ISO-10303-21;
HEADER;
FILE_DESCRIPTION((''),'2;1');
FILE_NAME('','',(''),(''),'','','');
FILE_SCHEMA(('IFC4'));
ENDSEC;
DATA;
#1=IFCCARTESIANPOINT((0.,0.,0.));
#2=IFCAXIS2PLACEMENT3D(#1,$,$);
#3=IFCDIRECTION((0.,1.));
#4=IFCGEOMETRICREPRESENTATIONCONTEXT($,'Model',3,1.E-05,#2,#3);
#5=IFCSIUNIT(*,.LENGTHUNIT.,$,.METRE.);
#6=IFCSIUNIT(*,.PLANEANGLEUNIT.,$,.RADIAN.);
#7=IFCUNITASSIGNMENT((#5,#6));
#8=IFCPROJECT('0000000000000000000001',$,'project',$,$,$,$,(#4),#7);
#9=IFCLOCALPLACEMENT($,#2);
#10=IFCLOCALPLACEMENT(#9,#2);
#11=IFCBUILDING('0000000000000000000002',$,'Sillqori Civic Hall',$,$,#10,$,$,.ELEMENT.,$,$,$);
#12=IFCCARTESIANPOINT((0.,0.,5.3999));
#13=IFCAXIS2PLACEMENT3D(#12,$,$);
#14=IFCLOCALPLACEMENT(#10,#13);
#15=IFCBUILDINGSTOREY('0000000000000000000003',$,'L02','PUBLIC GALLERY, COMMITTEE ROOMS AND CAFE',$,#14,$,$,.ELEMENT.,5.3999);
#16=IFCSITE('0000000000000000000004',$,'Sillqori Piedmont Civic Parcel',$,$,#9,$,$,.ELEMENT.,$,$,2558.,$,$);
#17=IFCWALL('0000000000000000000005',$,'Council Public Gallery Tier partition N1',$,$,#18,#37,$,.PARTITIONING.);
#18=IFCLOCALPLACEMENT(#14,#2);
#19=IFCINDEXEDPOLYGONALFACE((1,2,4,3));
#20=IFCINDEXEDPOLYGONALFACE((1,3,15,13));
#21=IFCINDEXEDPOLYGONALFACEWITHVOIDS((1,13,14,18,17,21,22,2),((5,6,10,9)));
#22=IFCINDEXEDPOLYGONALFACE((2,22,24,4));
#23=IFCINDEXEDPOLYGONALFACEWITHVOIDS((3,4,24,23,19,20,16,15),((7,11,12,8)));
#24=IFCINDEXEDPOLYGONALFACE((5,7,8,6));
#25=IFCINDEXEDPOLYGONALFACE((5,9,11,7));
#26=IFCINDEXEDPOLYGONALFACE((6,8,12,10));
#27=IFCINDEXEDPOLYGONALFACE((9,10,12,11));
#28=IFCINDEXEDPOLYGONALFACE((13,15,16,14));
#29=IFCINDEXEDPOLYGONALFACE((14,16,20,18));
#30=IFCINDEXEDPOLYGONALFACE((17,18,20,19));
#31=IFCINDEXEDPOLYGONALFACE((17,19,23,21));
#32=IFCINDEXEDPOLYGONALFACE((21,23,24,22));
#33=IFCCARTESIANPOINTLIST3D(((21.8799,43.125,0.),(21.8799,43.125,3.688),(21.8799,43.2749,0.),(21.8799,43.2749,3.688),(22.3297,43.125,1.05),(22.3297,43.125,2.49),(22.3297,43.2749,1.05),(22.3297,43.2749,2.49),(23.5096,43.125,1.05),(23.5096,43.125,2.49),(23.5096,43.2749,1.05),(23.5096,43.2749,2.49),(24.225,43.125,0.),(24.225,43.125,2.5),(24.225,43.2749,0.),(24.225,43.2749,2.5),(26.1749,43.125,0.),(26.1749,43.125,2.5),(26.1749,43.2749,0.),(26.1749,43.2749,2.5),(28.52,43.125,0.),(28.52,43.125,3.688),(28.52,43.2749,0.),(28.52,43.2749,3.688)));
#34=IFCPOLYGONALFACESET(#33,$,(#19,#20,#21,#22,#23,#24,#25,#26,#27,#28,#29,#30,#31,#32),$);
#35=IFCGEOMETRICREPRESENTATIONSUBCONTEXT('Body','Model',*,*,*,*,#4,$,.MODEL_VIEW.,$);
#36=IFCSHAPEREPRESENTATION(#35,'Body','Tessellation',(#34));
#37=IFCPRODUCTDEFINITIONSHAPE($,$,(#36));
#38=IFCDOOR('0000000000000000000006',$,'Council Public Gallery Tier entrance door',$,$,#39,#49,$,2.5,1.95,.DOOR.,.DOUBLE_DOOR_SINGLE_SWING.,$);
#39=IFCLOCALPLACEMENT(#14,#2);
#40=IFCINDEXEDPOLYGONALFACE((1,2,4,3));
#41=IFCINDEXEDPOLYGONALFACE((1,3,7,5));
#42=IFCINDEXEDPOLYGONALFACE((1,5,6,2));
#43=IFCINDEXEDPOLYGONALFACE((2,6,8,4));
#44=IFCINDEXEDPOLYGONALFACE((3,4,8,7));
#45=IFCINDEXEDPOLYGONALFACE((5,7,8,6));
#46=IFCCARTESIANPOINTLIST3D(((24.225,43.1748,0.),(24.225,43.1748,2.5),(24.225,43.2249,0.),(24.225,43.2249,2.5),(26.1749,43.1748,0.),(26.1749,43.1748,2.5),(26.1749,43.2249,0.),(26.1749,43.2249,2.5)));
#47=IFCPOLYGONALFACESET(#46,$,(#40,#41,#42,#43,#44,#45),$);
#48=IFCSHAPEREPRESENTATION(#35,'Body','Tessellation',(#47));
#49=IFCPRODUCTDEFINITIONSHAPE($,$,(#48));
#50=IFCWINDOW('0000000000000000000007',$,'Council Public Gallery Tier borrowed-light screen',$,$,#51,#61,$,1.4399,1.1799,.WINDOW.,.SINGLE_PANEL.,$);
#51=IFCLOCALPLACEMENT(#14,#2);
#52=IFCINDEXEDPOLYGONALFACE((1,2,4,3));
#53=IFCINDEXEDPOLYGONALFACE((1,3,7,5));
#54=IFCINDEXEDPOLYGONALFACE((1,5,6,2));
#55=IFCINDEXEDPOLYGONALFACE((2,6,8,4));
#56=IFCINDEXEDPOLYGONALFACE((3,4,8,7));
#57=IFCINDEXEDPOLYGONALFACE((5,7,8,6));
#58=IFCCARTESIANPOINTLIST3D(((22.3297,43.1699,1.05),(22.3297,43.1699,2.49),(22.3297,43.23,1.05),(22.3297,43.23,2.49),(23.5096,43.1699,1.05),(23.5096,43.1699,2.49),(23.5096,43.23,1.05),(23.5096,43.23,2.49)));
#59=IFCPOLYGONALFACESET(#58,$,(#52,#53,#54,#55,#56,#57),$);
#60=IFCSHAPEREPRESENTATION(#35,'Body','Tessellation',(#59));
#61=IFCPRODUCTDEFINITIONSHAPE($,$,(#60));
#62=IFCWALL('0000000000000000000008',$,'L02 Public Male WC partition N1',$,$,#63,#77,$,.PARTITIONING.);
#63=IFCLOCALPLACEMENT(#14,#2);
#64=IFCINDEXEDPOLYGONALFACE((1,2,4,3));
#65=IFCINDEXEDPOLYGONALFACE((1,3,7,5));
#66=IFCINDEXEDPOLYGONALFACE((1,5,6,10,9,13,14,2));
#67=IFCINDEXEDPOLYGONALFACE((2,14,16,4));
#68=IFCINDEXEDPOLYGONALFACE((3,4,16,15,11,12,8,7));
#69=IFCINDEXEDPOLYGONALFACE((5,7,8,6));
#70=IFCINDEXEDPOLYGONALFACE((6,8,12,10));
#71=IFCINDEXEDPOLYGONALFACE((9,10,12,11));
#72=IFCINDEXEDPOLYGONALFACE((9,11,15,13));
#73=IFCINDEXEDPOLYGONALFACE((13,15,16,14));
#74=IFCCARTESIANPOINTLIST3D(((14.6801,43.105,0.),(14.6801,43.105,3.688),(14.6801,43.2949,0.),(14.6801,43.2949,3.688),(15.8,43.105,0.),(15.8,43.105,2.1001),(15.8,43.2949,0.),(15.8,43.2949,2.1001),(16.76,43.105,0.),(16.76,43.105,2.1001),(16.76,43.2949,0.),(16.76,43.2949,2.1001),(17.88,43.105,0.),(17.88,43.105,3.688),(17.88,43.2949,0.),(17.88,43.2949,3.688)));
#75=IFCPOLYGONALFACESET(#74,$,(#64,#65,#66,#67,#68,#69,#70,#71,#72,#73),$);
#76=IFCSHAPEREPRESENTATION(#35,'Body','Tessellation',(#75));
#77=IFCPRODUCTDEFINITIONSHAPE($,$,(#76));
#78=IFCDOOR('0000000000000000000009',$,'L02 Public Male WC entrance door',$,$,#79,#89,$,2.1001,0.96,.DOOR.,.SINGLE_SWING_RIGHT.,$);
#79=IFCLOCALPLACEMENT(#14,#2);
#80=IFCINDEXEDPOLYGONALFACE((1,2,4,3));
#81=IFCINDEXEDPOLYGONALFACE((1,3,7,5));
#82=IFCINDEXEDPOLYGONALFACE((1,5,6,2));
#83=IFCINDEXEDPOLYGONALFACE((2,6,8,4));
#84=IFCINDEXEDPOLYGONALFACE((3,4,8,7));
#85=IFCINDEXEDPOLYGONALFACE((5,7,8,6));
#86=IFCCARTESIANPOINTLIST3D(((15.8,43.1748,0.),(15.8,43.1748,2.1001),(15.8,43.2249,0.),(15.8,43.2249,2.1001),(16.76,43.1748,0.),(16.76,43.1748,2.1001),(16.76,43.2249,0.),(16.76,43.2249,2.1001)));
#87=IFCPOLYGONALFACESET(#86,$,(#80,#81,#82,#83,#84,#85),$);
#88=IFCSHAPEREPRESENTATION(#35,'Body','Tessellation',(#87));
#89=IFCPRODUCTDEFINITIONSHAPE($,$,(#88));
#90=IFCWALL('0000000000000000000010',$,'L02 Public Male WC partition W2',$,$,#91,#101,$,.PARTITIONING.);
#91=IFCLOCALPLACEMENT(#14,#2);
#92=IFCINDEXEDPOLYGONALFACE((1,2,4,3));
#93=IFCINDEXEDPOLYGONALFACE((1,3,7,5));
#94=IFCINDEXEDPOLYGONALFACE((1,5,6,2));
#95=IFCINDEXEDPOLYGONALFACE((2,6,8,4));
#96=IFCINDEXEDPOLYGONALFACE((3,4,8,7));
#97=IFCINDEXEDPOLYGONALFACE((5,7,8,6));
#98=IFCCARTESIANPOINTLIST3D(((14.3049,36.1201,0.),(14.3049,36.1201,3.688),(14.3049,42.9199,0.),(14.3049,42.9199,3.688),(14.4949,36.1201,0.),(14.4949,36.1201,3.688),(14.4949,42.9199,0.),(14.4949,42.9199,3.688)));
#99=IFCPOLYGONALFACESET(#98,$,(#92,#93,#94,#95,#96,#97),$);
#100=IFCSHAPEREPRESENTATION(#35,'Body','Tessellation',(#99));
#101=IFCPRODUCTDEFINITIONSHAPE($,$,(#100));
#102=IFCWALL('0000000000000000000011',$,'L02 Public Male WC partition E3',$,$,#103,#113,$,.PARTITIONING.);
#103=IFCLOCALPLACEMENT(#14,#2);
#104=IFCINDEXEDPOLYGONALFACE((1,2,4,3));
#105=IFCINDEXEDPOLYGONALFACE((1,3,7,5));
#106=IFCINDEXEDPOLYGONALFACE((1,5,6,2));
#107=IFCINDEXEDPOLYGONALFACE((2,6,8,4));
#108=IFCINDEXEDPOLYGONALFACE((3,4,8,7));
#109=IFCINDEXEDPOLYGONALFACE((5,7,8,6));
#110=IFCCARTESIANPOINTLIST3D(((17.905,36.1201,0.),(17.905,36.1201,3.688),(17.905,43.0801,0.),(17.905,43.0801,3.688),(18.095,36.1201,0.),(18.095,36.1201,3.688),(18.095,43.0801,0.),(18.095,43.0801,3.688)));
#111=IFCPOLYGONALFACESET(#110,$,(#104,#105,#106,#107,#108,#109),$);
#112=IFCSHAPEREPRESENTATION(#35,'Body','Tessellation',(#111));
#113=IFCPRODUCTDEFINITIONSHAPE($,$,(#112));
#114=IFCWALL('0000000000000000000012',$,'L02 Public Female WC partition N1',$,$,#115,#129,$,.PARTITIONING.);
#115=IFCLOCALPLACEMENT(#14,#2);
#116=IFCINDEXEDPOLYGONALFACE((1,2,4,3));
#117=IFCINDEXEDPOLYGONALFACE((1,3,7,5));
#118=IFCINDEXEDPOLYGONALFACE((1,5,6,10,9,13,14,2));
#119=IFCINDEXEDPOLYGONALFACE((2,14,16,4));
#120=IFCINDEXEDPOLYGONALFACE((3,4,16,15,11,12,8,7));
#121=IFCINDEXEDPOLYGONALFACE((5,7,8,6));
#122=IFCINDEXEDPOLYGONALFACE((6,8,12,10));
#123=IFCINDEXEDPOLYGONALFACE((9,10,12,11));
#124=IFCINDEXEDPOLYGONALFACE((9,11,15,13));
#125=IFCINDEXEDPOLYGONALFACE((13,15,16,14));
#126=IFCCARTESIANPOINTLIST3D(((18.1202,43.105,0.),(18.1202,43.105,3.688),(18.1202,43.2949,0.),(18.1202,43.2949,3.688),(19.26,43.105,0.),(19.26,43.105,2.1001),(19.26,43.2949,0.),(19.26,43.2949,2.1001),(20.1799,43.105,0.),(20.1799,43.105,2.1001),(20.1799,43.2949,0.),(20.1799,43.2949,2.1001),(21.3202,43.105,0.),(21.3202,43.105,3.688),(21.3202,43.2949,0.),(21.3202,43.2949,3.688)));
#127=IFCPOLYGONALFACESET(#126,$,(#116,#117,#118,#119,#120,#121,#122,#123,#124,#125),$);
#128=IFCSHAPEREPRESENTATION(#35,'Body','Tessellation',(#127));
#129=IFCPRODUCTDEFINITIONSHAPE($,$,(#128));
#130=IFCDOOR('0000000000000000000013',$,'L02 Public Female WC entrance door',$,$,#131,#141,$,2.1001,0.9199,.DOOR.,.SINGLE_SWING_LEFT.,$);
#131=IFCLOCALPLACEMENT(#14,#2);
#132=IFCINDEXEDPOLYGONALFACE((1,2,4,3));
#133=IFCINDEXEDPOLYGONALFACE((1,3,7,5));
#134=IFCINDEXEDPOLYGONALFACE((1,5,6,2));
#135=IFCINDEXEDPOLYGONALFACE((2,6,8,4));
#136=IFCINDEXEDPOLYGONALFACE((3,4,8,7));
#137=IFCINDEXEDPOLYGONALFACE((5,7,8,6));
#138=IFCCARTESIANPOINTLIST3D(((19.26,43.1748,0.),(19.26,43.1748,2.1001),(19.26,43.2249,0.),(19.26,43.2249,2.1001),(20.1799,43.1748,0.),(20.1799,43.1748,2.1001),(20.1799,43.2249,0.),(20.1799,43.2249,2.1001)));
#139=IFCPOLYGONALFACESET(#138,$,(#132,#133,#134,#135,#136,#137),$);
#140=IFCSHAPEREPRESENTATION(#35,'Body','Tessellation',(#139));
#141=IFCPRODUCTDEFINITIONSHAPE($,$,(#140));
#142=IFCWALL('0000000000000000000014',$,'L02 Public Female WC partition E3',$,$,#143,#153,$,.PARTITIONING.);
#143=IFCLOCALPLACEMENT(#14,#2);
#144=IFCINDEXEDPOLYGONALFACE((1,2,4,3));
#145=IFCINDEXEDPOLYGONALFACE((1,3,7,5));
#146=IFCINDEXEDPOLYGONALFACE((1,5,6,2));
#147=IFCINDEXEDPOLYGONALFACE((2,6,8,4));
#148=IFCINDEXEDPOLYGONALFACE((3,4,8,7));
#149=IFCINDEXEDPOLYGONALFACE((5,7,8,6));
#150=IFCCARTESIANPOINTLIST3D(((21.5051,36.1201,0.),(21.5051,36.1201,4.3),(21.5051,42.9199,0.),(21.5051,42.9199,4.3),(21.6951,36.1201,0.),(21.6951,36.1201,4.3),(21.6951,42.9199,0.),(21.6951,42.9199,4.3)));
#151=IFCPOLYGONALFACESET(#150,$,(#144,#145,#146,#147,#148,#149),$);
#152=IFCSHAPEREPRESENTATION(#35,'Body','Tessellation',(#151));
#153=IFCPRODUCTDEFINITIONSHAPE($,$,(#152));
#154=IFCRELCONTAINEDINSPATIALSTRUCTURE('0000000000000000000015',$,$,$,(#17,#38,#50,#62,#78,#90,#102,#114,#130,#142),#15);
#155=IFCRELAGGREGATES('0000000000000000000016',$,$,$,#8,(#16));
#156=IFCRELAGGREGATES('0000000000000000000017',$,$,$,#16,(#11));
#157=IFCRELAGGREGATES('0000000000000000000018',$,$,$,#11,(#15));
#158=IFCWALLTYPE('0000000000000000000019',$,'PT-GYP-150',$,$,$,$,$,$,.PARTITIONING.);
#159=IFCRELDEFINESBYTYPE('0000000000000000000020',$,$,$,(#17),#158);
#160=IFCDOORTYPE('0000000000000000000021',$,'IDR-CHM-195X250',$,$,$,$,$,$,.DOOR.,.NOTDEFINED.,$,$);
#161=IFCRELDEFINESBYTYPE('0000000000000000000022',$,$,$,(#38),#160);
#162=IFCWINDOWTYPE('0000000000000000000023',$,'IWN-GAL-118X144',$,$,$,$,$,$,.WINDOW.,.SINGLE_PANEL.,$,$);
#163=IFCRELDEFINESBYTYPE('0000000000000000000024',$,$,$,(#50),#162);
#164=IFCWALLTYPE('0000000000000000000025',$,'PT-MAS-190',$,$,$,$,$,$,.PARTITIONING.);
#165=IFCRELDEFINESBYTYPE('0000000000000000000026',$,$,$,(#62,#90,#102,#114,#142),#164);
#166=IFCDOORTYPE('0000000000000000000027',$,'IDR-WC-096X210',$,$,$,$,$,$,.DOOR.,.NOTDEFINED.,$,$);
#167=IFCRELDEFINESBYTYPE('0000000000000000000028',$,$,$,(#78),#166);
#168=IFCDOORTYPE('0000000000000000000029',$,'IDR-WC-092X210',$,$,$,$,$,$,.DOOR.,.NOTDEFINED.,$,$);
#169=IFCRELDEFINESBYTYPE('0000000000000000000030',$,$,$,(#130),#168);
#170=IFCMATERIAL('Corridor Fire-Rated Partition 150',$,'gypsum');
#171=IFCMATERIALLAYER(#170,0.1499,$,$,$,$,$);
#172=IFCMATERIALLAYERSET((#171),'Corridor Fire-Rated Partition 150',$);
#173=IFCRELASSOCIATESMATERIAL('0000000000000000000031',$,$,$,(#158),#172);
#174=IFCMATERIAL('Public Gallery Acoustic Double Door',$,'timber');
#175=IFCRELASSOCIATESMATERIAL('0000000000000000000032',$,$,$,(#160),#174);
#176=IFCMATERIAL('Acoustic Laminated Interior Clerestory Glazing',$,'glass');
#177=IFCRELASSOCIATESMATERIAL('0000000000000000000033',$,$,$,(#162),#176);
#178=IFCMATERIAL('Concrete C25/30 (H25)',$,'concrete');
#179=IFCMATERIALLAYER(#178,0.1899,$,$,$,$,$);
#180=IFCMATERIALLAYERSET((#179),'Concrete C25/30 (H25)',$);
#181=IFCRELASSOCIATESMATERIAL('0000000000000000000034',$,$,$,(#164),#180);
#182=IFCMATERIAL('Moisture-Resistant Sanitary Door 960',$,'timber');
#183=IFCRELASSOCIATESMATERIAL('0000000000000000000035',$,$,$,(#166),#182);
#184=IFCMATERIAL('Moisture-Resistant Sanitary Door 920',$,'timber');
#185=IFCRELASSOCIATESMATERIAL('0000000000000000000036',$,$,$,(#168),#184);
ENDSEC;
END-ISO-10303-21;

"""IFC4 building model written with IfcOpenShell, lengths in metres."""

from ifc_helpers import new_model, si_unit, direction, frame, frame_2d, origin, place, context, subcontext, project, spatial, rectangle, extrude, material, layer, layer_set, type_object, element, fill, save


model = new_model("IFC4")

# Units and contexts
model_context = context("Model", 3, precision=1e-05, world=origin(), true_north=direction((0.0, 1.0)))
body_context = subcontext(model_context, "Body", "Model", "MODEL_VIEW")
ifc_project = project(units=[si_unit("LENGTHUNIT", "METRE"), si_unit("PLANEANGLEUNIT", "RADIAN")], contexts=[model_context])

# Site, building, storey
site_placement = place(None, origin())
site = spatial("IfcSite", under=ifc_project, at=site_placement, Name="Sillqori Piedmont Civic Parcel", CompositionType="ELEMENT", RefElevation=2558.0)
building_placement = place(site_placement, origin())
building = spatial("IfcBuilding", under=site, at=building_placement, Name="Sillqori Civic Hall", CompositionType="ELEMENT")
storey_placement = place(building_placement, frame((0.0, 0.0, 5.3999)))
storey = spatial("IfcBuildingStorey", under=building, at=storey_placement, Name="L02", Description="PUBLIC GALLERY, COMMITTEE ROOMS AND CAFE", CompositionType="ELEMENT", Elevation=5.3999)

# Wall, openings, door, window
ifc_material_1 = material(Name="Corridor Fire-Rated Partition 150", Category="gypsum")
ifc_layer_1 = layer(ifc_material_1, 0.1499)
ifc_layer_set_1 = layer_set([ifc_layer_1], Name="Corridor Fire-Rated Partition 150")
wall_type_1 = type_object("IfcWallType", Name="PT-GYP-150", PredefinedType="PARTITIONING", material=ifc_layer_set_1)
wall_1_placement = place(storey_placement, frame((21.8799, 43.2, 0.0), z_axis=(0.0, 0.0, 1.0), x_axis=(1.0, 0.0, 0.0)))
wall_1 = element("IfcWall", 1, at=wall_1_placement, inside=storey, type_object=wall_type_1, Name="Council Public Gallery Tier partition N1", PredefinedType="PARTITIONING", context=body_context, shape_type="SweptSolid", body=[
    extrude(rectangle(XDim=6.6401, YDim=0.1499, at=frame_2d((3.3201, 0.0))), origin(), (0.0, 0.0, 1.0), 3.688),
])
opening_1_placement = place(wall_1_placement, frame((2.345, 0.0, 0.0)))
opening_1 = element("IfcOpeningElement", 2, at=opening_1_placement, cuts=wall_1, PredefinedType="OPENING", context=body_context, shape_type="SweptSolid", body=[
    extrude(rectangle(XDim=1.95, YDim=2.5, at=frame_2d((0.9751, 1.25))), frame((0.0, 0.085, 0.0), z_axis=(0.0, -1.0, 0.0), x_axis=(1.0, 0.0, 0.0)), (0.0, 0.0, 1.0), 0.1699),
])
opening_2_placement = place(wall_1_placement, frame((0.45, 0.0, 1.05)))
opening_2 = element("IfcOpeningElement", 3, at=opening_2_placement, cuts=wall_1, PredefinedType="OPENING", context=body_context, shape_type="SweptSolid", body=[
    extrude(rectangle(XDim=1.1799, YDim=1.4399, at=frame_2d((0.5898, 0.72))), frame((0.0, 0.085, 0.0), z_axis=(0.0, -1.0, 0.0), x_axis=(1.0, 0.0, 0.0)), (0.0, 0.0, 1.0), 0.1699),
])
ifc_material_2 = material(Name="Public Gallery Acoustic Double Door", Category="timber")
door_type_1 = type_object("IfcDoorType", Name="IDR-CHM-195X250", OperationType="NOTDEFINED", PredefinedType="DOOR", material=ifc_material_2)
door_1_placement = place(opening_1_placement, origin())
door_1 = element("IfcDoor", 4, at=door_1_placement, inside=storey, type_object=door_type_1, Name="Council Public Gallery Tier entrance door", OperationType="DOUBLE_DOOR_SINGLE_SWING", OverallHeight=2.5, OverallWidth=1.95, PredefinedType="DOOR", context=body_context, shape_type="SweptSolid", body=[
    extrude(rectangle(XDim=1.95, YDim=2.5, at=frame_2d((0.9751, 1.25))), frame((0.0, 0.0249, 0.0), z_axis=(0.0, -1.0, 0.0), x_axis=(1.0, 0.0, 0.0)), (0.0, 0.0, 1.0), 0.05),
])
fill(opening_1, door_1)
ifc_material_3 = material(Name="Acoustic Laminated Interior Clerestory Glazing", Category="glass")
window_type_1 = type_object("IfcWindowType", Name="IWN-GAL-118X144", PartitioningType="SINGLE_PANEL", PredefinedType="WINDOW", material=ifc_material_3)
window_1_placement = place(opening_2_placement, origin())
window_1 = element("IfcWindow", 5, at=window_1_placement, inside=storey, type_object=window_type_1, Name="Council Public Gallery Tier borrowed-light screen", OverallHeight=1.4399, OverallWidth=1.1799, PartitioningType="SINGLE_PANEL", PredefinedType="WINDOW", context=body_context, shape_type="SweptSolid", body=[
    extrude(rectangle(XDim=1.1799, YDim=1.4399, at=frame_2d((0.5898, 0.72))), frame((0.0, 0.03, 0.0), z_axis=(0.0, -1.0, 0.0), x_axis=(1.0, 0.0, 0.0)), (0.0, 0.0, 1.0), 0.0601),
])
fill(opening_2, window_1)

# Wall, opening, door
ifc_material_4 = material(Name="Concrete C25/30 (H25)", Category="concrete")
ifc_layer_2 = layer(ifc_material_4, 0.1899)
ifc_layer_set_2 = layer_set([ifc_layer_2], Name="Concrete C25/30 (H25)")
wall_type_2 = type_object("IfcWallType", Name="PT-MAS-190", PredefinedType="PARTITIONING", material=ifc_layer_set_2)
wall_2_placement = place(storey_placement, frame((14.6799, 43.2, 0.0), z_axis=(0.0, 0.0, 1.0), x_axis=(1.0, 0.0, 0.0)))
wall_2 = element("IfcWall", 6, at=wall_2_placement, inside=storey, type_object=wall_type_2, Name="L02 Public Male WC partition N1", PredefinedType="PARTITIONING", context=body_context, shape_type="SweptSolid", body=[
    extrude(rectangle(XDim=3.2, YDim=0.1899, at=frame_2d((1.6001, 0.0))), origin(), (0.0, 0.0, 1.0), 3.688),
])
opening_3_placement = place(wall_2_placement, frame((1.1201, 0.0, 0.0)))
opening_3 = element("IfcOpeningElement", 7, at=opening_3_placement, cuts=wall_2, PredefinedType="OPENING", context=body_context, shape_type="SweptSolid", body=[
    extrude(rectangle(XDim=0.96, YDim=2.1001, at=frame_2d((0.48, 1.05))), frame((0.0, 0.105, 0.0), z_axis=(0.0, -1.0, 0.0), x_axis=(1.0, 0.0, 0.0)), (0.0, 0.0, 1.0), 0.21),
])
ifc_material_5 = material(Name="Moisture-Resistant Sanitary Door 960", Category="timber")
door_type_2 = type_object("IfcDoorType", Name="IDR-WC-096X210", OperationType="NOTDEFINED", PredefinedType="DOOR", material=ifc_material_5)
door_2_placement = place(opening_3_placement, origin())
door_2 = element("IfcDoor", 8, at=door_2_placement, inside=storey, type_object=door_type_2, Name="L02 Public Male WC entrance door", OperationType="SINGLE_SWING_RIGHT", OverallHeight=2.1001, OverallWidth=0.96, PredefinedType="DOOR", context=body_context, shape_type="SweptSolid", body=[
    extrude(rectangle(XDim=0.96, YDim=2.1001, at=frame_2d((0.48, 1.05))), frame((0.0, 0.0249, 0.0), z_axis=(0.0, -1.0, 0.0), x_axis=(1.0, 0.0, 0.0)), (0.0, 0.0, 1.0), 0.05),
])
fill(opening_3, door_2)

# Walls
wall_3_placement = place(storey_placement, frame((14.3999, 36.1201, 0.0), z_axis=(0.0, 0.0, 1.0), x_axis=(0.0, 1.0, 0.0)))
element("IfcWall", 9, at=wall_3_placement, inside=storey, type_object=wall_type_2, Name="L02 Public Male WC partition W2", PredefinedType="PARTITIONING", context=body_context, shape_type="SweptSolid", body=[
    extrude(rectangle(XDim=6.7998, YDim=0.1899, at=frame_2d((3.3999, 0.0))), origin(), (0.0, 0.0, 1.0), 3.688),
])
wall_4_placement = place(storey_placement, frame((18.0, 43.0801, 0.0), z_axis=(0.0, 0.0, 1.0), x_axis=(0.0, -1.0, 0.0)))
element("IfcWall", 10, at=wall_4_placement, inside=storey, type_object=wall_type_2, Name="L02 Public Male WC partition E3", PredefinedType="PARTITIONING", context=body_context, shape_type="SweptSolid", body=[
    extrude(rectangle(XDim=6.96, YDim=0.1899, at=frame_2d((3.48, 0.0))), origin(), (0.0, 0.0, 1.0), 3.688),
])

# Wall, opening, door
wall_5_placement = place(storey_placement, frame((18.1201, 43.2, 0.0), z_axis=(0.0, 0.0, 1.0), x_axis=(1.0, 0.0, 0.0)))
wall_5 = element("IfcWall", 11, at=wall_5_placement, inside=storey, type_object=wall_type_2, Name="L02 Public Female WC partition N1", PredefinedType="PARTITIONING", context=body_context, shape_type="SweptSolid", body=[
    extrude(rectangle(XDim=3.2, YDim=0.1899, at=frame_2d((1.6001, 0.0))), origin(), (0.0, 0.0, 1.0), 3.688),
])
opening_4_placement = place(wall_5_placement, frame((1.1399, 0.0, 0.0)))
opening_4 = element("IfcOpeningElement", 12, at=opening_4_placement, cuts=wall_5, PredefinedType="OPENING", context=body_context, shape_type="SweptSolid", body=[
    extrude(rectangle(XDim=0.9199, YDim=2.1001, at=frame_2d((0.46, 1.05))), frame((0.0, 0.105, 0.0), z_axis=(0.0, -1.0, 0.0), x_axis=(1.0, 0.0, 0.0)), (0.0, 0.0, 1.0), 0.21),
])
ifc_material_6 = material(Name="Moisture-Resistant Sanitary Door 920", Category="timber")
door_type_3 = type_object("IfcDoorType", Name="IDR-WC-092X210", OperationType="NOTDEFINED", PredefinedType="DOOR", material=ifc_material_6)
door_3_placement = place(opening_4_placement, origin())
door_3 = element("IfcDoor", 13, at=door_3_placement, inside=storey, type_object=door_type_3, Name="L02 Public Female WC entrance door", OperationType="SINGLE_SWING_LEFT", OverallHeight=2.1001, OverallWidth=0.9199, PredefinedType="DOOR", context=body_context, shape_type="SweptSolid", body=[
    extrude(rectangle(XDim=0.9199, YDim=2.1001, at=frame_2d((0.46, 1.05))), frame((0.0, 0.0249, 0.0), z_axis=(0.0, -1.0, 0.0), x_axis=(1.0, 0.0, 0.0)), (0.0, 0.0, 1.0), 0.05),
])
fill(opening_4, door_3)

# Wall
wall_6_placement = place(storey_placement, frame((21.6001, 42.9199, 0.0), z_axis=(0.0, 0.0, 1.0), x_axis=(0.0, -1.0, 0.0)))
element("IfcWall", 14, at=wall_6_placement, inside=storey, type_object=wall_type_2, Name="L02 Public Female WC partition E3", PredefinedType="PARTITIONING", context=body_context, shape_type="SweptSolid", body=[
    extrude(rectangle(XDim=6.7998, YDim=0.1899, at=frame_2d((3.3999, 0.0))), origin(), (0.0, 0.0, 1.0), 4.3),
])

save(model, "model.ifc")
